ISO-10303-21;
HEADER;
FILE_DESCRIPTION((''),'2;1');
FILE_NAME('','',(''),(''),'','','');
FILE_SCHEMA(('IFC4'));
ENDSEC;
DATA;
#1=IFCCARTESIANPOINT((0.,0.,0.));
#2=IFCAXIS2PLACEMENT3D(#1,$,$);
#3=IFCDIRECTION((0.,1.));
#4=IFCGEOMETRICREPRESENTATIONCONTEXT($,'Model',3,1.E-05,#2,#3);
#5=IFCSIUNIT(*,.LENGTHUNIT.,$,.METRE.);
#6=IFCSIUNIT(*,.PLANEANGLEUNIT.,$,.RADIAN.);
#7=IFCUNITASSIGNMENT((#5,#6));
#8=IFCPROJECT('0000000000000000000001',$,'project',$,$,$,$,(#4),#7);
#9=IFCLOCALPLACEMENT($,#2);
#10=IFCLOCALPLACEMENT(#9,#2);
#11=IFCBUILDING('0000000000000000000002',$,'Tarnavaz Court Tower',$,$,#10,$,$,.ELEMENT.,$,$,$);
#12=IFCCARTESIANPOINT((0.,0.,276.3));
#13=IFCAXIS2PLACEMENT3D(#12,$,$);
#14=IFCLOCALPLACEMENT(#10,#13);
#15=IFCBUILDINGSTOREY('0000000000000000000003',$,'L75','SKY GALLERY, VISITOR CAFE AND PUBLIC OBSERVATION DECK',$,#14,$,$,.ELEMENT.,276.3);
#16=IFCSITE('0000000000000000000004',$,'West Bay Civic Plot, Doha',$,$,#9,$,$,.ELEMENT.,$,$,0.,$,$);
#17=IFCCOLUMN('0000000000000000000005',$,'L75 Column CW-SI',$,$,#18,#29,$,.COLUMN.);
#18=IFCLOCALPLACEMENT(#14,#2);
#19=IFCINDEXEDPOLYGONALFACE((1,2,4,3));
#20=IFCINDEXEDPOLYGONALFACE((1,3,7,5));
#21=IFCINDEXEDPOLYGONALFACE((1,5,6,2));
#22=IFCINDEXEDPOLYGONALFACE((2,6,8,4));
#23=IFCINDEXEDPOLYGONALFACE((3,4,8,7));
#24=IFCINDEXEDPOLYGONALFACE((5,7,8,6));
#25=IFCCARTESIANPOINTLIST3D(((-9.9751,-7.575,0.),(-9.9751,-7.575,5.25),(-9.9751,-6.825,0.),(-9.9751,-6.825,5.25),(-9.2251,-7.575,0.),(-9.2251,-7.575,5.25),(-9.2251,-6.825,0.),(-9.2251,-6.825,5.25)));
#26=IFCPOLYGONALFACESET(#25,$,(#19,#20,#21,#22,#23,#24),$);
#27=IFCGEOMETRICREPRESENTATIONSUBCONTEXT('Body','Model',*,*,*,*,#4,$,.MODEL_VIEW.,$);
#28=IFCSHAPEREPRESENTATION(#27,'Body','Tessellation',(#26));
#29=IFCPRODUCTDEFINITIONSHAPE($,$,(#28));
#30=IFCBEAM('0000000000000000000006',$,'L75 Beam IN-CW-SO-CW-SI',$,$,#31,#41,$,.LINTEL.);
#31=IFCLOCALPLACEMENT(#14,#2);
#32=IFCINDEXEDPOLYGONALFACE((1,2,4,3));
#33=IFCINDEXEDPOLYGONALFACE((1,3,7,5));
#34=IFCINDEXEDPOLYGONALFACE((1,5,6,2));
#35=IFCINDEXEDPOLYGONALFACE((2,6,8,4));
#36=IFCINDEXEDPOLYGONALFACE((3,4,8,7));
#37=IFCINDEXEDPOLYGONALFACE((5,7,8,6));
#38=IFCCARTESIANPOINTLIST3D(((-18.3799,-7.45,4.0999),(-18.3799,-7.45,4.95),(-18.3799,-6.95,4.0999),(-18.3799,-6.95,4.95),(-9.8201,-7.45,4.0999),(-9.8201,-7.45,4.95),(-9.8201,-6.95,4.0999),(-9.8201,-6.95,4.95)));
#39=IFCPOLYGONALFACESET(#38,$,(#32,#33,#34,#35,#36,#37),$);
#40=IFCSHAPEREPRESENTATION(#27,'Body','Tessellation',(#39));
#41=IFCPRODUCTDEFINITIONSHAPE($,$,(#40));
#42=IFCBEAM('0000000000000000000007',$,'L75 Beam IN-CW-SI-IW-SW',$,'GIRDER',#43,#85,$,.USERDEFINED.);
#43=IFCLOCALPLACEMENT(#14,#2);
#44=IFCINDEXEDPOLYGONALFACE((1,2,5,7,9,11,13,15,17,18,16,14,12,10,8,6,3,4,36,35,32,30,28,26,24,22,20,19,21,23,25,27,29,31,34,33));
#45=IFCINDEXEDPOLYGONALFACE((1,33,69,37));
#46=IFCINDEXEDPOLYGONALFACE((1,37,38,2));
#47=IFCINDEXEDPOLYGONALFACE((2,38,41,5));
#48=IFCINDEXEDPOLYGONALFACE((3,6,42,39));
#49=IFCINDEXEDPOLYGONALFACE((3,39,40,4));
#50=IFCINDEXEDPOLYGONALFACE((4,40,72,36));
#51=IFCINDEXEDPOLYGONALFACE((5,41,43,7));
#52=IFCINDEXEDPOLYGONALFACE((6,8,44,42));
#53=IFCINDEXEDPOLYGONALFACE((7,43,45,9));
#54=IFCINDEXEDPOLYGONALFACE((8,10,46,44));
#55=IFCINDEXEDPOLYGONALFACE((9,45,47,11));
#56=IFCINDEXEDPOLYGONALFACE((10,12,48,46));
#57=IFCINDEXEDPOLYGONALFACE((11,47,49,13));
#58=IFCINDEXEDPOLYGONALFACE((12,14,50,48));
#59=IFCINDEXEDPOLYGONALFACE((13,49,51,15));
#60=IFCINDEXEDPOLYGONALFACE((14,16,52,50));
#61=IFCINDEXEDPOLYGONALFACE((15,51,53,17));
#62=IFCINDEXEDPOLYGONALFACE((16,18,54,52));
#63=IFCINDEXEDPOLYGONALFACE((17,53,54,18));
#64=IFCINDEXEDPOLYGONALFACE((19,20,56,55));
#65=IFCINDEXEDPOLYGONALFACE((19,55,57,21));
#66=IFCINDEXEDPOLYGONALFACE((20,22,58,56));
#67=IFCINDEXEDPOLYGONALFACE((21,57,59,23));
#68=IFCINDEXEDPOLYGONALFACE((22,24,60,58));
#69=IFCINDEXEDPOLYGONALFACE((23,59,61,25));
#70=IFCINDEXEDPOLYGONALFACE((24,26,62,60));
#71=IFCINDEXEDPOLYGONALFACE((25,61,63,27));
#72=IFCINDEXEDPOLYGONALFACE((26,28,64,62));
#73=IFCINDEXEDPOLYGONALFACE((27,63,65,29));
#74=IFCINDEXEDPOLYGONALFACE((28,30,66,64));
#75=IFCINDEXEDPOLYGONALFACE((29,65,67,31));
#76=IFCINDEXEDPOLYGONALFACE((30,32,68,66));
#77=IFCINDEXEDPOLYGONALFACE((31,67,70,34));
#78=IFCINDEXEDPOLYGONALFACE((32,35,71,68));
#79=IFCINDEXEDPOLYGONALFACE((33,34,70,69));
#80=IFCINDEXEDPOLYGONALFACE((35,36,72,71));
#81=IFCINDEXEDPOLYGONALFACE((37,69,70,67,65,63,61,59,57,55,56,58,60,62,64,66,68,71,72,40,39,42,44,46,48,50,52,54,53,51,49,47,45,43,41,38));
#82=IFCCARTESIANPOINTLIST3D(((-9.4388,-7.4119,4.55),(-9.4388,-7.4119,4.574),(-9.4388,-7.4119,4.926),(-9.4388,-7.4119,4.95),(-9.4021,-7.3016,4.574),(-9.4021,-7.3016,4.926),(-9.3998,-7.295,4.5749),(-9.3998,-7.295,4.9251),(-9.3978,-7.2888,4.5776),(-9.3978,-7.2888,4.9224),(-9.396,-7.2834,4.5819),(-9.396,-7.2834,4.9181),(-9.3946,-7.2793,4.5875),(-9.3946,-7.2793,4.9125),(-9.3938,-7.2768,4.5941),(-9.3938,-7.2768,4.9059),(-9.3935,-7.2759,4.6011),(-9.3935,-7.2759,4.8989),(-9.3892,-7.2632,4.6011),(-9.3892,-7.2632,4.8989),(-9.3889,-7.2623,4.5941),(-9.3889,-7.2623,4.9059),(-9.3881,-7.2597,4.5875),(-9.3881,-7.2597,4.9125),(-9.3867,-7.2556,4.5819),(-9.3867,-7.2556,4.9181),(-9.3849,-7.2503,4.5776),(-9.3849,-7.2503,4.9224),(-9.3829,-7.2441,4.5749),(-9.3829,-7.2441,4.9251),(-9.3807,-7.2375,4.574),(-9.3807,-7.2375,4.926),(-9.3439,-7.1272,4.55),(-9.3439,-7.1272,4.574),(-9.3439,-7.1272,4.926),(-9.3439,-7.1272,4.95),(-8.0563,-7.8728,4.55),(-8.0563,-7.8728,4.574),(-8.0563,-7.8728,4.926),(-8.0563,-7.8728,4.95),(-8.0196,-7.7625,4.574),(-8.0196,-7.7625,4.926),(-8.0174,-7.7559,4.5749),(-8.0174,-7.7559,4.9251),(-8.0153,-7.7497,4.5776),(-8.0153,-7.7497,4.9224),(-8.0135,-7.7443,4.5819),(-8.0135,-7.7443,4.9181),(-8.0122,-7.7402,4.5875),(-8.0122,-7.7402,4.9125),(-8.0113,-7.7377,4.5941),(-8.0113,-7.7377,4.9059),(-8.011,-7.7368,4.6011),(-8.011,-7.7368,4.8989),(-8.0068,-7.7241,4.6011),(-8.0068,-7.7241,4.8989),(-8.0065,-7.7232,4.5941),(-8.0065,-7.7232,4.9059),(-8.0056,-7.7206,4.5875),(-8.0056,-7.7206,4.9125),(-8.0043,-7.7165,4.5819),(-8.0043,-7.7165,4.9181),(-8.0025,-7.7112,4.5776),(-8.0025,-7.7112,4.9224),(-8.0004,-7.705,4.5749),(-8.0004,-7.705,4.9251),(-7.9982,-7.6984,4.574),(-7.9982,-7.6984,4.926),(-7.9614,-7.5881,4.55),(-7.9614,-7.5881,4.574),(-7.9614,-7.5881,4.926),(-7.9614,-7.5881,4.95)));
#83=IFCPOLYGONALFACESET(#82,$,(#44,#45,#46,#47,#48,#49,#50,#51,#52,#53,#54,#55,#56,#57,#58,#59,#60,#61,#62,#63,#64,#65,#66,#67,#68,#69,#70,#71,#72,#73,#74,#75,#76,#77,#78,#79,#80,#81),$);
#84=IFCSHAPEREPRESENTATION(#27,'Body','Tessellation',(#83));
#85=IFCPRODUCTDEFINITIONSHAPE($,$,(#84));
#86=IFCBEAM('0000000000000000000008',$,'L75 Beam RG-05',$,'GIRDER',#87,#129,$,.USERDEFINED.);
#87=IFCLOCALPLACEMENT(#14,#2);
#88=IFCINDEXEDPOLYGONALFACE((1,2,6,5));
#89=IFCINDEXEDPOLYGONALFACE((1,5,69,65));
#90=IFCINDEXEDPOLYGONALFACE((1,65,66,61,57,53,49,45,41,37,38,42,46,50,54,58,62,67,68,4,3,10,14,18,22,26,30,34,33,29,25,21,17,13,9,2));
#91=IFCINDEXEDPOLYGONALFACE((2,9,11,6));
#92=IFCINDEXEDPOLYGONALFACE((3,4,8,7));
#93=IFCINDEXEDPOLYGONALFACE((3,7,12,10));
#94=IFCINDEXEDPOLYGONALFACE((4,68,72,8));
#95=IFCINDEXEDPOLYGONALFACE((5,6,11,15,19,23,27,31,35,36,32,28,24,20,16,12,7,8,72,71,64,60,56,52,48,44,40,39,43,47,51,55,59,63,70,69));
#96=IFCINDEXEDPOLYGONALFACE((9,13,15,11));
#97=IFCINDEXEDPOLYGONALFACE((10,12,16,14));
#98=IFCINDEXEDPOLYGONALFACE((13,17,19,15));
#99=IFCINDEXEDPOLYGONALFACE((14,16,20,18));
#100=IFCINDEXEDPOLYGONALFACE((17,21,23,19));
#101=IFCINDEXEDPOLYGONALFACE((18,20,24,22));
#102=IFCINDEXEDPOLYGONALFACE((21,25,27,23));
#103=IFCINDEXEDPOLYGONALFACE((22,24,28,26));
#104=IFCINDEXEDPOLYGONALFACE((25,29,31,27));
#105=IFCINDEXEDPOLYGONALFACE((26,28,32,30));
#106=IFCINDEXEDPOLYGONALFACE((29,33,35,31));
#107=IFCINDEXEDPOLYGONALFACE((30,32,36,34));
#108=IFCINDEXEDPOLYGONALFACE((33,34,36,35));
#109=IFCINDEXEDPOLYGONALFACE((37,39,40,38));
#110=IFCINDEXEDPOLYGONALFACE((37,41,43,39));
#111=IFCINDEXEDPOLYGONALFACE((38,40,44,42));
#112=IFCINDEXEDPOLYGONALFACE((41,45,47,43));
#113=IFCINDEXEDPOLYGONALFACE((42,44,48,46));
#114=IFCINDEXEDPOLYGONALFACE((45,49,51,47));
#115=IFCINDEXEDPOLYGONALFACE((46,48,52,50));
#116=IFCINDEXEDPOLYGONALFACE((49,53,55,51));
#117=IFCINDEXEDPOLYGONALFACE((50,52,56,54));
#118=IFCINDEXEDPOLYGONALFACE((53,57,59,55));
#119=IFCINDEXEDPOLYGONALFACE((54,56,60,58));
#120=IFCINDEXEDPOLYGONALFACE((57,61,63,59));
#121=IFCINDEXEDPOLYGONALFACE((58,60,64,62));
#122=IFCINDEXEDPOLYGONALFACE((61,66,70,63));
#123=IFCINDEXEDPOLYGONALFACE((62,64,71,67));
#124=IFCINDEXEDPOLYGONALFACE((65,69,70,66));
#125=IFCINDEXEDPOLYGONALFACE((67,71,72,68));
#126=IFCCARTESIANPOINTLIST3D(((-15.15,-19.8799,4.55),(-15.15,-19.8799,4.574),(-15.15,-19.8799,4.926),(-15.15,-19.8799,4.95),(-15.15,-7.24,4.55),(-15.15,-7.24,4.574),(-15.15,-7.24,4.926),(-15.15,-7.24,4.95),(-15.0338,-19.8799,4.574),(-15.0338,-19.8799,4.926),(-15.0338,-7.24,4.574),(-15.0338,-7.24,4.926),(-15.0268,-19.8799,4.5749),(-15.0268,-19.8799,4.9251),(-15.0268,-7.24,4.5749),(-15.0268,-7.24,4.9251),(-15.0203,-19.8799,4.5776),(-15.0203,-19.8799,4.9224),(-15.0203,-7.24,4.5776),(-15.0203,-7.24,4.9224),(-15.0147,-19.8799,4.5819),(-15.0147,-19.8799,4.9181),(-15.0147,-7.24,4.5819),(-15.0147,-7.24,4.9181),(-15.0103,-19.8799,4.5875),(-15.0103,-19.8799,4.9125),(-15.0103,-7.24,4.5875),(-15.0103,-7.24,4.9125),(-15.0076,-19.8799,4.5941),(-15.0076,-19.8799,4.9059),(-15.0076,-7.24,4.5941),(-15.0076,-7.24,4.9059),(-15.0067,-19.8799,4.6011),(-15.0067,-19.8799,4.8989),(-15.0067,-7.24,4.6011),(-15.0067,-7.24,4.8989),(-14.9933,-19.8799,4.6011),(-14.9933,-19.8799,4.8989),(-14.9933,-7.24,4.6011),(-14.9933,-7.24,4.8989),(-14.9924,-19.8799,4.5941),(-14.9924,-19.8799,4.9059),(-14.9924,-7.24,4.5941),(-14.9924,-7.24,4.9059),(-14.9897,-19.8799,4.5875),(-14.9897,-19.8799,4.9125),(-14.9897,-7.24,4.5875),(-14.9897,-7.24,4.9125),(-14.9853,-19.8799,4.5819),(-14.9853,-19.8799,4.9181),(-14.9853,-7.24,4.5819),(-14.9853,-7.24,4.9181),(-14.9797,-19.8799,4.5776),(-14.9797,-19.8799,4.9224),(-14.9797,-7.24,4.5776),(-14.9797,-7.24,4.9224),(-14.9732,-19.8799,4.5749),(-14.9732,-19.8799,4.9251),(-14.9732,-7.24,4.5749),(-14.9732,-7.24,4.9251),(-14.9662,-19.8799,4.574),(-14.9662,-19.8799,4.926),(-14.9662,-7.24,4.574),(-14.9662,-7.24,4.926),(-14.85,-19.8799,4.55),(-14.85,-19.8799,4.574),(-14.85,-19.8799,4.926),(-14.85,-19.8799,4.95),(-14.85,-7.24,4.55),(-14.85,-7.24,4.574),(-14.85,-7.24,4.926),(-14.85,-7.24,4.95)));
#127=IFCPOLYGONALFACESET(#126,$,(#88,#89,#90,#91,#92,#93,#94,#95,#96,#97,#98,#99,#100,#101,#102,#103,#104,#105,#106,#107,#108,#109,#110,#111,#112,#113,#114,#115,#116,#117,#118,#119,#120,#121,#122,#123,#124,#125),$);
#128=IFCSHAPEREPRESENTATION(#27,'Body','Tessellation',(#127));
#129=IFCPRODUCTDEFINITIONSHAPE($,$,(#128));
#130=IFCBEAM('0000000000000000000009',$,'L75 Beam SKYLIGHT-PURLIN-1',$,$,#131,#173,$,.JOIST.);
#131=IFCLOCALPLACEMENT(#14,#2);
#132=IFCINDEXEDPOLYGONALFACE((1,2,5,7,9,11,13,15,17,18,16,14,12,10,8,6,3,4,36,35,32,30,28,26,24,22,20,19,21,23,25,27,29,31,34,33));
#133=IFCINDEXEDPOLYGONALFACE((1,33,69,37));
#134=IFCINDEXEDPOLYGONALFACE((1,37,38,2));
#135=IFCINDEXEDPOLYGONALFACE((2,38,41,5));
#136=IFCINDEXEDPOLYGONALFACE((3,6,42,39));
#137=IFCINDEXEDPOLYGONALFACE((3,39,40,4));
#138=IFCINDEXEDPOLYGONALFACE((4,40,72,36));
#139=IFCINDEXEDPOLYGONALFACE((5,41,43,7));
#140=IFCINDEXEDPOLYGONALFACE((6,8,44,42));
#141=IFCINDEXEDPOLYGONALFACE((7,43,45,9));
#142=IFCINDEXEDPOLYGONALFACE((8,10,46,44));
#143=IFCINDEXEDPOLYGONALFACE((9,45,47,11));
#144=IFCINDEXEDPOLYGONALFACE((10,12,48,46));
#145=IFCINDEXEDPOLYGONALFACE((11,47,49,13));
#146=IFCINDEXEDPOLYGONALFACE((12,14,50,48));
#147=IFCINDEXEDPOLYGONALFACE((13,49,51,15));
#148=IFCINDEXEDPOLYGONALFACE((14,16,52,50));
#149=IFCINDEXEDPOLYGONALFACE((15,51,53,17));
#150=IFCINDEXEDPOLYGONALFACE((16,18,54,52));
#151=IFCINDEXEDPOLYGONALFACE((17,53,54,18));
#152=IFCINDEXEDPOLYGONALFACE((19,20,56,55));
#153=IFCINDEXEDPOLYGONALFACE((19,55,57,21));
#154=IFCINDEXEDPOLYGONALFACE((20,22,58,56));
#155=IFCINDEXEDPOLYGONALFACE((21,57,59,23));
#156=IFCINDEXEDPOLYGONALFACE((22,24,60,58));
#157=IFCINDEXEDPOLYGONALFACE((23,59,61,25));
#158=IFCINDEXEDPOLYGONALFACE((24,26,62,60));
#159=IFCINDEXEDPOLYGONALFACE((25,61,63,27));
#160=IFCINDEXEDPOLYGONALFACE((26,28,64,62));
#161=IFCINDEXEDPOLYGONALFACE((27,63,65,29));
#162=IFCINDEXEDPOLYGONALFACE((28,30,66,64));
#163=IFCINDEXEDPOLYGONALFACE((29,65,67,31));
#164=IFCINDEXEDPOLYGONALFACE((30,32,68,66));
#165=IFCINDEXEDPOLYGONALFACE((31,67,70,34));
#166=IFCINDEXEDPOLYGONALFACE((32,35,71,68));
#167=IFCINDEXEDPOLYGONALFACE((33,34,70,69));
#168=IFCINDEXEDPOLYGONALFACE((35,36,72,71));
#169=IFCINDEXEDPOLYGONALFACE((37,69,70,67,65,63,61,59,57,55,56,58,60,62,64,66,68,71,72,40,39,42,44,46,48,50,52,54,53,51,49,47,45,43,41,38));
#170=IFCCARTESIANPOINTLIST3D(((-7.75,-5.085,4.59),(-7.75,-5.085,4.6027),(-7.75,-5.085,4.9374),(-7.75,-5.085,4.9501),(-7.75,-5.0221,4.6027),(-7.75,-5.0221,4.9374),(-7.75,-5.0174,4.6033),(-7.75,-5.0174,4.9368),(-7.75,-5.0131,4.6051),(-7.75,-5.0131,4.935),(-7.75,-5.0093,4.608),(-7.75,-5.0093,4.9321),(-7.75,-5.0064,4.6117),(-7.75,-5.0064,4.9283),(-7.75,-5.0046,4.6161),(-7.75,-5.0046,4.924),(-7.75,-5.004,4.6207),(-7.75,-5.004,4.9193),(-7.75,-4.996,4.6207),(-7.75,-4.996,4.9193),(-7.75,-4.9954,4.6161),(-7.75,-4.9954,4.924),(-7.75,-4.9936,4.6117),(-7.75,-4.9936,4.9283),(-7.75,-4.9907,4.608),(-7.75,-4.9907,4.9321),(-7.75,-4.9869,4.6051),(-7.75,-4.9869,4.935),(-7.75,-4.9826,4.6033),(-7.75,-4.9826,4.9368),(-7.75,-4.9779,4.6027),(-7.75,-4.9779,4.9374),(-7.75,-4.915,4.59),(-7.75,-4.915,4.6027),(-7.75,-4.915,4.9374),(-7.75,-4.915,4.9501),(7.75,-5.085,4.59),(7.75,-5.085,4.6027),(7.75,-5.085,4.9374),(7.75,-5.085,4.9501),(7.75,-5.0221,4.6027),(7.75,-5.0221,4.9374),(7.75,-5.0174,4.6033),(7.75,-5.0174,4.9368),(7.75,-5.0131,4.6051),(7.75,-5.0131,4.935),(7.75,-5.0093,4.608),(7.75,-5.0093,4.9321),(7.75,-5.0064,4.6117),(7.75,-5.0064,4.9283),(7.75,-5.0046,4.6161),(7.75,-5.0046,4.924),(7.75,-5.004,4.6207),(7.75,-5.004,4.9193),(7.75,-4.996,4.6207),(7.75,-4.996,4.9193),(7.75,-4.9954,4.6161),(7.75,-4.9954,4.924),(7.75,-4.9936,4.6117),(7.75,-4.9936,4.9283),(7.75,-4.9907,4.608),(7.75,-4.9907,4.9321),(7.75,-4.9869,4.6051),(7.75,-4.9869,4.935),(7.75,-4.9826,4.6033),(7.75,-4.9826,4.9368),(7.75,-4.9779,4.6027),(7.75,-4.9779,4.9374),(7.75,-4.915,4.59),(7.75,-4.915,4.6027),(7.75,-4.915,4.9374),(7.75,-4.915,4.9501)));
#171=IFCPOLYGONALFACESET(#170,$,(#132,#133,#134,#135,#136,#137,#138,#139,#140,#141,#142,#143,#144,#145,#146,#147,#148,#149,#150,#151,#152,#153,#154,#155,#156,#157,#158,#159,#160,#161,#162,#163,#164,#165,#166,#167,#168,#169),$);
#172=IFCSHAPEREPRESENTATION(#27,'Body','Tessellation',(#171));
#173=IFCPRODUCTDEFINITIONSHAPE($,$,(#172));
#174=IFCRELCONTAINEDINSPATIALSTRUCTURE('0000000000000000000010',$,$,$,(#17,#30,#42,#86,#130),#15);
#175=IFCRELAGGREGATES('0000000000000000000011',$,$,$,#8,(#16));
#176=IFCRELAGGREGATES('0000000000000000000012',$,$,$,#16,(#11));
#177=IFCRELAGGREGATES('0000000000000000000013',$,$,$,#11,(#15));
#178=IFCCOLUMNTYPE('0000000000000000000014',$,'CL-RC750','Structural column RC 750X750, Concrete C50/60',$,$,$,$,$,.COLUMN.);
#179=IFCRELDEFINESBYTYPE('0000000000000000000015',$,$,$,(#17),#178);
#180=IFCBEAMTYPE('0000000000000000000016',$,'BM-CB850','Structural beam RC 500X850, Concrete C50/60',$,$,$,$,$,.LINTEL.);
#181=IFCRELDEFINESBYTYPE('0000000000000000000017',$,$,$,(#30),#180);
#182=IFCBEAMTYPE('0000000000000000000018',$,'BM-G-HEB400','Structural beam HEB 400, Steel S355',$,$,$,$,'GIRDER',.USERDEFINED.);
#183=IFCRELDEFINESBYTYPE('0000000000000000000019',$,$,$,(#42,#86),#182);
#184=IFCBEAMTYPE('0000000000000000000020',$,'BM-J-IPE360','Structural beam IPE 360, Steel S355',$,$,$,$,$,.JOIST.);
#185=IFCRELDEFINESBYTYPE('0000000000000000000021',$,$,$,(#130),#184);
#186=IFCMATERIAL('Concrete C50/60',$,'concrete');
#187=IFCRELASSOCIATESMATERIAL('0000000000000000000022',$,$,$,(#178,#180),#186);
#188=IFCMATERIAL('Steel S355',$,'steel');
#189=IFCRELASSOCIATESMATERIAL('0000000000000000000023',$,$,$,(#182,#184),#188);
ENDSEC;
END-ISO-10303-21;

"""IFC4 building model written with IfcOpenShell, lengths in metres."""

from ifc_helpers import new_model, si_unit, direction, frame, origin, origin_2d, place, context, subcontext, project, spatial, rectangle, i_section, extrude, material, material_profile, profile_set, type_object, element, save


model = new_model("IFC4")

# Units and contexts
model_context = context("Model", 3, precision=1e-05, world=origin(), true_north=direction((0.0, 1.0)))
body_context = subcontext(model_context, "Body", "Model", "MODEL_VIEW")
ifc_project = project(units=[si_unit("LENGTHUNIT", "METRE"), si_unit("PLANEANGLEUNIT", "RADIAN")], contexts=[model_context])

# Site, building, storey
site_placement = place(None, origin())
site = spatial("IfcSite", under=ifc_project, at=site_placement, Name="West Bay Civic Plot, Doha", CompositionType="ELEMENT", RefElevation=0.0)
building_placement = place(site_placement, origin())
building = spatial("IfcBuilding", under=site, at=building_placement, Name="Tarnavaz Court Tower", CompositionType="ELEMENT")
storey_placement = place(building_placement, frame((0.0, 0.0, 276.3)))
storey = spatial("IfcBuildingStorey", under=building, at=storey_placement, Name="L75", Description="SKY GALLERY, VISITOR CAFE AND PUBLIC OBSERVATION DECK", CompositionType="ELEMENT", Elevation=276.3)

# Column
ifc_material_1 = material(Name="Concrete C50/60", Category="concrete")
ifc_material_profile_1 = material_profile(ifc_material_1, rectangle(XDim=0.75, YDim=0.75, at=origin_2d()), Name="RC 750X750")
ifc_profile_set_1 = profile_set([ifc_material_profile_1], Name="Concrete C50/60")
column_type = type_object("IfcColumnType", Name="CL-RC750", Description="Structural column RC 750X750, Concrete C50/60", PredefinedType="COLUMN", material=ifc_profile_set_1)
column_placement = place(storey_placement, frame((-9.6001, -7.2, 0.0), z_axis=(0.0, 0.0, 1.0), x_axis=(1.0, 0.0, 0.0)))
element("IfcColumn", 1, at=column_placement, inside=storey, type_object=column_type, Name="L75 Column CW-SI", PredefinedType="COLUMN", context=body_context, shape_type="SweptSolid", body=[
    extrude(rectangle(XDim=0.75, YDim=0.75, at=origin_2d()), origin(), (0.0, 0.0, 1.0), 5.25),
])

# Beams
ifc_material_profile_2 = material_profile(ifc_material_1, rectangle(XDim=0.5, YDim=0.8501, at=origin_2d()), Name="RC 500X850")
ifc_profile_set_2 = profile_set([ifc_material_profile_2], Name="Concrete C50/60")
beam_type_1 = type_object("IfcBeamType", Name="BM-CB850", Description="Structural beam RC 500X850, Concrete C50/60", PredefinedType="LINTEL", material=ifc_profile_set_2)
beam_1_placement = place(storey_placement, frame((-18.3799, -7.2, 4.5249), z_axis=(1.0, 0.0, 0.0), x_axis=(0.0, 1.0, 0.0)))
element("IfcBeam", 2, at=beam_1_placement, inside=storey, type_object=beam_type_1, Name="L75 Beam IN-CW-SO-CW-SI", PredefinedType="LINTEL", context=body_context, shape_type="SweptSolid", body=[
    extrude(rectangle(XDim=0.5, YDim=0.8501, at=origin_2d()), origin(), (0.0, 0.0, 1.0), 8.5598),
])
ifc_material_2 = material(Name="Steel S355", Category="steel")
ifc_material_profile_3 = material_profile(ifc_material_2, i_section(OverallWidth=0.3, OverallDepth=0.3999, WebThickness=0.0134, FlangeThickness=0.0239, FilletRadius=0.0271, at=origin_2d()), Name="HEB 400")
ifc_profile_set_3 = profile_set([ifc_material_profile_3], Name="Steel S355")
beam_type_2 = type_object("IfcBeamType", Name="BM-G-HEB400", Description="Structural beam HEB 400, Steel S355", ElementType="GIRDER", PredefinedType="USERDEFINED", material=ifc_profile_set_3)
beam_2_placement = place(storey_placement, frame((-9.3914, -7.2695, 4.75), z_axis=(0.948667, -0.316278, 0.0), x_axis=(0.316278, 0.948667, 0.0)))
element("IfcBeam", 3, at=beam_2_placement, inside=storey, type_object=beam_type_2, Name="L75 Beam IN-CW-SI-IW-SW", ObjectType="GIRDER", PredefinedType="USERDEFINED", context=body_context, shape_type="SweptSolid", body=[
    extrude(i_section(OverallWidth=0.3, OverallDepth=0.3999, WebThickness=0.0134, FlangeThickness=0.0239, FilletRadius=0.0271, at=origin_2d()), origin(), (0.0, 0.0, 1.0), 1.4573),
])
beam_3_placement = place(storey_placement, frame((-15.0, -7.24, 4.75), z_axis=(0.0, -1.0, 0.0), x_axis=(1.0, 0.0, 0.0)))
element("IfcBeam", 4, at=beam_3_placement, inside=storey, type_object=beam_type_2, Name="L75 Beam RG-05", ObjectType="GIRDER", PredefinedType="USERDEFINED", context=body_context, shape_type="SweptSolid", body=[
    extrude(i_section(OverallWidth=0.3, OverallDepth=0.3999, WebThickness=0.0134, FlangeThickness=0.0239, FilletRadius=0.0271, at=origin_2d()), origin(), (0.0, 0.0, 1.0), 12.6399),
])
ifc_material_profile_4 = material_profile(ifc_material_2, i_section(OverallWidth=0.1699, OverallDepth=0.3601, WebThickness=0.0081, FlangeThickness=0.0127, FilletRadius=0.0181, at=origin_2d()), Name="IPE 360")
ifc_profile_set_4 = profile_set([ifc_material_profile_4], Name="Steel S355")
beam_type_3 = type_object("IfcBeamType", Name="BM-J-IPE360", Description="Structural beam IPE 360, Steel S355", PredefinedType="JOIST", material=ifc_profile_set_4)
for number, where, z_axis, x_axis, name in (
    (5, (-7.75, -5.0, 4.77), (1.0, 0.0, 0.0), (0.0, 1.0, 0.0), "L75 Beam SKYLIGHT-PURLIN-1"),
):
    element("IfcBeam", number, at=place(storey_placement, frame(where, z_axis=z_axis, x_axis=x_axis)), inside=storey, type_object=beam_type_3, Name=name, PredefinedType="JOIST", context=body_context, shape_type="SweptSolid", body=[
        extrude(i_section(OverallWidth=0.1699, OverallDepth=0.3601, WebThickness=0.0081, FlangeThickness=0.0127, FilletRadius=0.0181, at=origin_2d()), origin(), (0.0, 0.0, 1.0), 15.5),
    ])

save(model, "model.ifc")
